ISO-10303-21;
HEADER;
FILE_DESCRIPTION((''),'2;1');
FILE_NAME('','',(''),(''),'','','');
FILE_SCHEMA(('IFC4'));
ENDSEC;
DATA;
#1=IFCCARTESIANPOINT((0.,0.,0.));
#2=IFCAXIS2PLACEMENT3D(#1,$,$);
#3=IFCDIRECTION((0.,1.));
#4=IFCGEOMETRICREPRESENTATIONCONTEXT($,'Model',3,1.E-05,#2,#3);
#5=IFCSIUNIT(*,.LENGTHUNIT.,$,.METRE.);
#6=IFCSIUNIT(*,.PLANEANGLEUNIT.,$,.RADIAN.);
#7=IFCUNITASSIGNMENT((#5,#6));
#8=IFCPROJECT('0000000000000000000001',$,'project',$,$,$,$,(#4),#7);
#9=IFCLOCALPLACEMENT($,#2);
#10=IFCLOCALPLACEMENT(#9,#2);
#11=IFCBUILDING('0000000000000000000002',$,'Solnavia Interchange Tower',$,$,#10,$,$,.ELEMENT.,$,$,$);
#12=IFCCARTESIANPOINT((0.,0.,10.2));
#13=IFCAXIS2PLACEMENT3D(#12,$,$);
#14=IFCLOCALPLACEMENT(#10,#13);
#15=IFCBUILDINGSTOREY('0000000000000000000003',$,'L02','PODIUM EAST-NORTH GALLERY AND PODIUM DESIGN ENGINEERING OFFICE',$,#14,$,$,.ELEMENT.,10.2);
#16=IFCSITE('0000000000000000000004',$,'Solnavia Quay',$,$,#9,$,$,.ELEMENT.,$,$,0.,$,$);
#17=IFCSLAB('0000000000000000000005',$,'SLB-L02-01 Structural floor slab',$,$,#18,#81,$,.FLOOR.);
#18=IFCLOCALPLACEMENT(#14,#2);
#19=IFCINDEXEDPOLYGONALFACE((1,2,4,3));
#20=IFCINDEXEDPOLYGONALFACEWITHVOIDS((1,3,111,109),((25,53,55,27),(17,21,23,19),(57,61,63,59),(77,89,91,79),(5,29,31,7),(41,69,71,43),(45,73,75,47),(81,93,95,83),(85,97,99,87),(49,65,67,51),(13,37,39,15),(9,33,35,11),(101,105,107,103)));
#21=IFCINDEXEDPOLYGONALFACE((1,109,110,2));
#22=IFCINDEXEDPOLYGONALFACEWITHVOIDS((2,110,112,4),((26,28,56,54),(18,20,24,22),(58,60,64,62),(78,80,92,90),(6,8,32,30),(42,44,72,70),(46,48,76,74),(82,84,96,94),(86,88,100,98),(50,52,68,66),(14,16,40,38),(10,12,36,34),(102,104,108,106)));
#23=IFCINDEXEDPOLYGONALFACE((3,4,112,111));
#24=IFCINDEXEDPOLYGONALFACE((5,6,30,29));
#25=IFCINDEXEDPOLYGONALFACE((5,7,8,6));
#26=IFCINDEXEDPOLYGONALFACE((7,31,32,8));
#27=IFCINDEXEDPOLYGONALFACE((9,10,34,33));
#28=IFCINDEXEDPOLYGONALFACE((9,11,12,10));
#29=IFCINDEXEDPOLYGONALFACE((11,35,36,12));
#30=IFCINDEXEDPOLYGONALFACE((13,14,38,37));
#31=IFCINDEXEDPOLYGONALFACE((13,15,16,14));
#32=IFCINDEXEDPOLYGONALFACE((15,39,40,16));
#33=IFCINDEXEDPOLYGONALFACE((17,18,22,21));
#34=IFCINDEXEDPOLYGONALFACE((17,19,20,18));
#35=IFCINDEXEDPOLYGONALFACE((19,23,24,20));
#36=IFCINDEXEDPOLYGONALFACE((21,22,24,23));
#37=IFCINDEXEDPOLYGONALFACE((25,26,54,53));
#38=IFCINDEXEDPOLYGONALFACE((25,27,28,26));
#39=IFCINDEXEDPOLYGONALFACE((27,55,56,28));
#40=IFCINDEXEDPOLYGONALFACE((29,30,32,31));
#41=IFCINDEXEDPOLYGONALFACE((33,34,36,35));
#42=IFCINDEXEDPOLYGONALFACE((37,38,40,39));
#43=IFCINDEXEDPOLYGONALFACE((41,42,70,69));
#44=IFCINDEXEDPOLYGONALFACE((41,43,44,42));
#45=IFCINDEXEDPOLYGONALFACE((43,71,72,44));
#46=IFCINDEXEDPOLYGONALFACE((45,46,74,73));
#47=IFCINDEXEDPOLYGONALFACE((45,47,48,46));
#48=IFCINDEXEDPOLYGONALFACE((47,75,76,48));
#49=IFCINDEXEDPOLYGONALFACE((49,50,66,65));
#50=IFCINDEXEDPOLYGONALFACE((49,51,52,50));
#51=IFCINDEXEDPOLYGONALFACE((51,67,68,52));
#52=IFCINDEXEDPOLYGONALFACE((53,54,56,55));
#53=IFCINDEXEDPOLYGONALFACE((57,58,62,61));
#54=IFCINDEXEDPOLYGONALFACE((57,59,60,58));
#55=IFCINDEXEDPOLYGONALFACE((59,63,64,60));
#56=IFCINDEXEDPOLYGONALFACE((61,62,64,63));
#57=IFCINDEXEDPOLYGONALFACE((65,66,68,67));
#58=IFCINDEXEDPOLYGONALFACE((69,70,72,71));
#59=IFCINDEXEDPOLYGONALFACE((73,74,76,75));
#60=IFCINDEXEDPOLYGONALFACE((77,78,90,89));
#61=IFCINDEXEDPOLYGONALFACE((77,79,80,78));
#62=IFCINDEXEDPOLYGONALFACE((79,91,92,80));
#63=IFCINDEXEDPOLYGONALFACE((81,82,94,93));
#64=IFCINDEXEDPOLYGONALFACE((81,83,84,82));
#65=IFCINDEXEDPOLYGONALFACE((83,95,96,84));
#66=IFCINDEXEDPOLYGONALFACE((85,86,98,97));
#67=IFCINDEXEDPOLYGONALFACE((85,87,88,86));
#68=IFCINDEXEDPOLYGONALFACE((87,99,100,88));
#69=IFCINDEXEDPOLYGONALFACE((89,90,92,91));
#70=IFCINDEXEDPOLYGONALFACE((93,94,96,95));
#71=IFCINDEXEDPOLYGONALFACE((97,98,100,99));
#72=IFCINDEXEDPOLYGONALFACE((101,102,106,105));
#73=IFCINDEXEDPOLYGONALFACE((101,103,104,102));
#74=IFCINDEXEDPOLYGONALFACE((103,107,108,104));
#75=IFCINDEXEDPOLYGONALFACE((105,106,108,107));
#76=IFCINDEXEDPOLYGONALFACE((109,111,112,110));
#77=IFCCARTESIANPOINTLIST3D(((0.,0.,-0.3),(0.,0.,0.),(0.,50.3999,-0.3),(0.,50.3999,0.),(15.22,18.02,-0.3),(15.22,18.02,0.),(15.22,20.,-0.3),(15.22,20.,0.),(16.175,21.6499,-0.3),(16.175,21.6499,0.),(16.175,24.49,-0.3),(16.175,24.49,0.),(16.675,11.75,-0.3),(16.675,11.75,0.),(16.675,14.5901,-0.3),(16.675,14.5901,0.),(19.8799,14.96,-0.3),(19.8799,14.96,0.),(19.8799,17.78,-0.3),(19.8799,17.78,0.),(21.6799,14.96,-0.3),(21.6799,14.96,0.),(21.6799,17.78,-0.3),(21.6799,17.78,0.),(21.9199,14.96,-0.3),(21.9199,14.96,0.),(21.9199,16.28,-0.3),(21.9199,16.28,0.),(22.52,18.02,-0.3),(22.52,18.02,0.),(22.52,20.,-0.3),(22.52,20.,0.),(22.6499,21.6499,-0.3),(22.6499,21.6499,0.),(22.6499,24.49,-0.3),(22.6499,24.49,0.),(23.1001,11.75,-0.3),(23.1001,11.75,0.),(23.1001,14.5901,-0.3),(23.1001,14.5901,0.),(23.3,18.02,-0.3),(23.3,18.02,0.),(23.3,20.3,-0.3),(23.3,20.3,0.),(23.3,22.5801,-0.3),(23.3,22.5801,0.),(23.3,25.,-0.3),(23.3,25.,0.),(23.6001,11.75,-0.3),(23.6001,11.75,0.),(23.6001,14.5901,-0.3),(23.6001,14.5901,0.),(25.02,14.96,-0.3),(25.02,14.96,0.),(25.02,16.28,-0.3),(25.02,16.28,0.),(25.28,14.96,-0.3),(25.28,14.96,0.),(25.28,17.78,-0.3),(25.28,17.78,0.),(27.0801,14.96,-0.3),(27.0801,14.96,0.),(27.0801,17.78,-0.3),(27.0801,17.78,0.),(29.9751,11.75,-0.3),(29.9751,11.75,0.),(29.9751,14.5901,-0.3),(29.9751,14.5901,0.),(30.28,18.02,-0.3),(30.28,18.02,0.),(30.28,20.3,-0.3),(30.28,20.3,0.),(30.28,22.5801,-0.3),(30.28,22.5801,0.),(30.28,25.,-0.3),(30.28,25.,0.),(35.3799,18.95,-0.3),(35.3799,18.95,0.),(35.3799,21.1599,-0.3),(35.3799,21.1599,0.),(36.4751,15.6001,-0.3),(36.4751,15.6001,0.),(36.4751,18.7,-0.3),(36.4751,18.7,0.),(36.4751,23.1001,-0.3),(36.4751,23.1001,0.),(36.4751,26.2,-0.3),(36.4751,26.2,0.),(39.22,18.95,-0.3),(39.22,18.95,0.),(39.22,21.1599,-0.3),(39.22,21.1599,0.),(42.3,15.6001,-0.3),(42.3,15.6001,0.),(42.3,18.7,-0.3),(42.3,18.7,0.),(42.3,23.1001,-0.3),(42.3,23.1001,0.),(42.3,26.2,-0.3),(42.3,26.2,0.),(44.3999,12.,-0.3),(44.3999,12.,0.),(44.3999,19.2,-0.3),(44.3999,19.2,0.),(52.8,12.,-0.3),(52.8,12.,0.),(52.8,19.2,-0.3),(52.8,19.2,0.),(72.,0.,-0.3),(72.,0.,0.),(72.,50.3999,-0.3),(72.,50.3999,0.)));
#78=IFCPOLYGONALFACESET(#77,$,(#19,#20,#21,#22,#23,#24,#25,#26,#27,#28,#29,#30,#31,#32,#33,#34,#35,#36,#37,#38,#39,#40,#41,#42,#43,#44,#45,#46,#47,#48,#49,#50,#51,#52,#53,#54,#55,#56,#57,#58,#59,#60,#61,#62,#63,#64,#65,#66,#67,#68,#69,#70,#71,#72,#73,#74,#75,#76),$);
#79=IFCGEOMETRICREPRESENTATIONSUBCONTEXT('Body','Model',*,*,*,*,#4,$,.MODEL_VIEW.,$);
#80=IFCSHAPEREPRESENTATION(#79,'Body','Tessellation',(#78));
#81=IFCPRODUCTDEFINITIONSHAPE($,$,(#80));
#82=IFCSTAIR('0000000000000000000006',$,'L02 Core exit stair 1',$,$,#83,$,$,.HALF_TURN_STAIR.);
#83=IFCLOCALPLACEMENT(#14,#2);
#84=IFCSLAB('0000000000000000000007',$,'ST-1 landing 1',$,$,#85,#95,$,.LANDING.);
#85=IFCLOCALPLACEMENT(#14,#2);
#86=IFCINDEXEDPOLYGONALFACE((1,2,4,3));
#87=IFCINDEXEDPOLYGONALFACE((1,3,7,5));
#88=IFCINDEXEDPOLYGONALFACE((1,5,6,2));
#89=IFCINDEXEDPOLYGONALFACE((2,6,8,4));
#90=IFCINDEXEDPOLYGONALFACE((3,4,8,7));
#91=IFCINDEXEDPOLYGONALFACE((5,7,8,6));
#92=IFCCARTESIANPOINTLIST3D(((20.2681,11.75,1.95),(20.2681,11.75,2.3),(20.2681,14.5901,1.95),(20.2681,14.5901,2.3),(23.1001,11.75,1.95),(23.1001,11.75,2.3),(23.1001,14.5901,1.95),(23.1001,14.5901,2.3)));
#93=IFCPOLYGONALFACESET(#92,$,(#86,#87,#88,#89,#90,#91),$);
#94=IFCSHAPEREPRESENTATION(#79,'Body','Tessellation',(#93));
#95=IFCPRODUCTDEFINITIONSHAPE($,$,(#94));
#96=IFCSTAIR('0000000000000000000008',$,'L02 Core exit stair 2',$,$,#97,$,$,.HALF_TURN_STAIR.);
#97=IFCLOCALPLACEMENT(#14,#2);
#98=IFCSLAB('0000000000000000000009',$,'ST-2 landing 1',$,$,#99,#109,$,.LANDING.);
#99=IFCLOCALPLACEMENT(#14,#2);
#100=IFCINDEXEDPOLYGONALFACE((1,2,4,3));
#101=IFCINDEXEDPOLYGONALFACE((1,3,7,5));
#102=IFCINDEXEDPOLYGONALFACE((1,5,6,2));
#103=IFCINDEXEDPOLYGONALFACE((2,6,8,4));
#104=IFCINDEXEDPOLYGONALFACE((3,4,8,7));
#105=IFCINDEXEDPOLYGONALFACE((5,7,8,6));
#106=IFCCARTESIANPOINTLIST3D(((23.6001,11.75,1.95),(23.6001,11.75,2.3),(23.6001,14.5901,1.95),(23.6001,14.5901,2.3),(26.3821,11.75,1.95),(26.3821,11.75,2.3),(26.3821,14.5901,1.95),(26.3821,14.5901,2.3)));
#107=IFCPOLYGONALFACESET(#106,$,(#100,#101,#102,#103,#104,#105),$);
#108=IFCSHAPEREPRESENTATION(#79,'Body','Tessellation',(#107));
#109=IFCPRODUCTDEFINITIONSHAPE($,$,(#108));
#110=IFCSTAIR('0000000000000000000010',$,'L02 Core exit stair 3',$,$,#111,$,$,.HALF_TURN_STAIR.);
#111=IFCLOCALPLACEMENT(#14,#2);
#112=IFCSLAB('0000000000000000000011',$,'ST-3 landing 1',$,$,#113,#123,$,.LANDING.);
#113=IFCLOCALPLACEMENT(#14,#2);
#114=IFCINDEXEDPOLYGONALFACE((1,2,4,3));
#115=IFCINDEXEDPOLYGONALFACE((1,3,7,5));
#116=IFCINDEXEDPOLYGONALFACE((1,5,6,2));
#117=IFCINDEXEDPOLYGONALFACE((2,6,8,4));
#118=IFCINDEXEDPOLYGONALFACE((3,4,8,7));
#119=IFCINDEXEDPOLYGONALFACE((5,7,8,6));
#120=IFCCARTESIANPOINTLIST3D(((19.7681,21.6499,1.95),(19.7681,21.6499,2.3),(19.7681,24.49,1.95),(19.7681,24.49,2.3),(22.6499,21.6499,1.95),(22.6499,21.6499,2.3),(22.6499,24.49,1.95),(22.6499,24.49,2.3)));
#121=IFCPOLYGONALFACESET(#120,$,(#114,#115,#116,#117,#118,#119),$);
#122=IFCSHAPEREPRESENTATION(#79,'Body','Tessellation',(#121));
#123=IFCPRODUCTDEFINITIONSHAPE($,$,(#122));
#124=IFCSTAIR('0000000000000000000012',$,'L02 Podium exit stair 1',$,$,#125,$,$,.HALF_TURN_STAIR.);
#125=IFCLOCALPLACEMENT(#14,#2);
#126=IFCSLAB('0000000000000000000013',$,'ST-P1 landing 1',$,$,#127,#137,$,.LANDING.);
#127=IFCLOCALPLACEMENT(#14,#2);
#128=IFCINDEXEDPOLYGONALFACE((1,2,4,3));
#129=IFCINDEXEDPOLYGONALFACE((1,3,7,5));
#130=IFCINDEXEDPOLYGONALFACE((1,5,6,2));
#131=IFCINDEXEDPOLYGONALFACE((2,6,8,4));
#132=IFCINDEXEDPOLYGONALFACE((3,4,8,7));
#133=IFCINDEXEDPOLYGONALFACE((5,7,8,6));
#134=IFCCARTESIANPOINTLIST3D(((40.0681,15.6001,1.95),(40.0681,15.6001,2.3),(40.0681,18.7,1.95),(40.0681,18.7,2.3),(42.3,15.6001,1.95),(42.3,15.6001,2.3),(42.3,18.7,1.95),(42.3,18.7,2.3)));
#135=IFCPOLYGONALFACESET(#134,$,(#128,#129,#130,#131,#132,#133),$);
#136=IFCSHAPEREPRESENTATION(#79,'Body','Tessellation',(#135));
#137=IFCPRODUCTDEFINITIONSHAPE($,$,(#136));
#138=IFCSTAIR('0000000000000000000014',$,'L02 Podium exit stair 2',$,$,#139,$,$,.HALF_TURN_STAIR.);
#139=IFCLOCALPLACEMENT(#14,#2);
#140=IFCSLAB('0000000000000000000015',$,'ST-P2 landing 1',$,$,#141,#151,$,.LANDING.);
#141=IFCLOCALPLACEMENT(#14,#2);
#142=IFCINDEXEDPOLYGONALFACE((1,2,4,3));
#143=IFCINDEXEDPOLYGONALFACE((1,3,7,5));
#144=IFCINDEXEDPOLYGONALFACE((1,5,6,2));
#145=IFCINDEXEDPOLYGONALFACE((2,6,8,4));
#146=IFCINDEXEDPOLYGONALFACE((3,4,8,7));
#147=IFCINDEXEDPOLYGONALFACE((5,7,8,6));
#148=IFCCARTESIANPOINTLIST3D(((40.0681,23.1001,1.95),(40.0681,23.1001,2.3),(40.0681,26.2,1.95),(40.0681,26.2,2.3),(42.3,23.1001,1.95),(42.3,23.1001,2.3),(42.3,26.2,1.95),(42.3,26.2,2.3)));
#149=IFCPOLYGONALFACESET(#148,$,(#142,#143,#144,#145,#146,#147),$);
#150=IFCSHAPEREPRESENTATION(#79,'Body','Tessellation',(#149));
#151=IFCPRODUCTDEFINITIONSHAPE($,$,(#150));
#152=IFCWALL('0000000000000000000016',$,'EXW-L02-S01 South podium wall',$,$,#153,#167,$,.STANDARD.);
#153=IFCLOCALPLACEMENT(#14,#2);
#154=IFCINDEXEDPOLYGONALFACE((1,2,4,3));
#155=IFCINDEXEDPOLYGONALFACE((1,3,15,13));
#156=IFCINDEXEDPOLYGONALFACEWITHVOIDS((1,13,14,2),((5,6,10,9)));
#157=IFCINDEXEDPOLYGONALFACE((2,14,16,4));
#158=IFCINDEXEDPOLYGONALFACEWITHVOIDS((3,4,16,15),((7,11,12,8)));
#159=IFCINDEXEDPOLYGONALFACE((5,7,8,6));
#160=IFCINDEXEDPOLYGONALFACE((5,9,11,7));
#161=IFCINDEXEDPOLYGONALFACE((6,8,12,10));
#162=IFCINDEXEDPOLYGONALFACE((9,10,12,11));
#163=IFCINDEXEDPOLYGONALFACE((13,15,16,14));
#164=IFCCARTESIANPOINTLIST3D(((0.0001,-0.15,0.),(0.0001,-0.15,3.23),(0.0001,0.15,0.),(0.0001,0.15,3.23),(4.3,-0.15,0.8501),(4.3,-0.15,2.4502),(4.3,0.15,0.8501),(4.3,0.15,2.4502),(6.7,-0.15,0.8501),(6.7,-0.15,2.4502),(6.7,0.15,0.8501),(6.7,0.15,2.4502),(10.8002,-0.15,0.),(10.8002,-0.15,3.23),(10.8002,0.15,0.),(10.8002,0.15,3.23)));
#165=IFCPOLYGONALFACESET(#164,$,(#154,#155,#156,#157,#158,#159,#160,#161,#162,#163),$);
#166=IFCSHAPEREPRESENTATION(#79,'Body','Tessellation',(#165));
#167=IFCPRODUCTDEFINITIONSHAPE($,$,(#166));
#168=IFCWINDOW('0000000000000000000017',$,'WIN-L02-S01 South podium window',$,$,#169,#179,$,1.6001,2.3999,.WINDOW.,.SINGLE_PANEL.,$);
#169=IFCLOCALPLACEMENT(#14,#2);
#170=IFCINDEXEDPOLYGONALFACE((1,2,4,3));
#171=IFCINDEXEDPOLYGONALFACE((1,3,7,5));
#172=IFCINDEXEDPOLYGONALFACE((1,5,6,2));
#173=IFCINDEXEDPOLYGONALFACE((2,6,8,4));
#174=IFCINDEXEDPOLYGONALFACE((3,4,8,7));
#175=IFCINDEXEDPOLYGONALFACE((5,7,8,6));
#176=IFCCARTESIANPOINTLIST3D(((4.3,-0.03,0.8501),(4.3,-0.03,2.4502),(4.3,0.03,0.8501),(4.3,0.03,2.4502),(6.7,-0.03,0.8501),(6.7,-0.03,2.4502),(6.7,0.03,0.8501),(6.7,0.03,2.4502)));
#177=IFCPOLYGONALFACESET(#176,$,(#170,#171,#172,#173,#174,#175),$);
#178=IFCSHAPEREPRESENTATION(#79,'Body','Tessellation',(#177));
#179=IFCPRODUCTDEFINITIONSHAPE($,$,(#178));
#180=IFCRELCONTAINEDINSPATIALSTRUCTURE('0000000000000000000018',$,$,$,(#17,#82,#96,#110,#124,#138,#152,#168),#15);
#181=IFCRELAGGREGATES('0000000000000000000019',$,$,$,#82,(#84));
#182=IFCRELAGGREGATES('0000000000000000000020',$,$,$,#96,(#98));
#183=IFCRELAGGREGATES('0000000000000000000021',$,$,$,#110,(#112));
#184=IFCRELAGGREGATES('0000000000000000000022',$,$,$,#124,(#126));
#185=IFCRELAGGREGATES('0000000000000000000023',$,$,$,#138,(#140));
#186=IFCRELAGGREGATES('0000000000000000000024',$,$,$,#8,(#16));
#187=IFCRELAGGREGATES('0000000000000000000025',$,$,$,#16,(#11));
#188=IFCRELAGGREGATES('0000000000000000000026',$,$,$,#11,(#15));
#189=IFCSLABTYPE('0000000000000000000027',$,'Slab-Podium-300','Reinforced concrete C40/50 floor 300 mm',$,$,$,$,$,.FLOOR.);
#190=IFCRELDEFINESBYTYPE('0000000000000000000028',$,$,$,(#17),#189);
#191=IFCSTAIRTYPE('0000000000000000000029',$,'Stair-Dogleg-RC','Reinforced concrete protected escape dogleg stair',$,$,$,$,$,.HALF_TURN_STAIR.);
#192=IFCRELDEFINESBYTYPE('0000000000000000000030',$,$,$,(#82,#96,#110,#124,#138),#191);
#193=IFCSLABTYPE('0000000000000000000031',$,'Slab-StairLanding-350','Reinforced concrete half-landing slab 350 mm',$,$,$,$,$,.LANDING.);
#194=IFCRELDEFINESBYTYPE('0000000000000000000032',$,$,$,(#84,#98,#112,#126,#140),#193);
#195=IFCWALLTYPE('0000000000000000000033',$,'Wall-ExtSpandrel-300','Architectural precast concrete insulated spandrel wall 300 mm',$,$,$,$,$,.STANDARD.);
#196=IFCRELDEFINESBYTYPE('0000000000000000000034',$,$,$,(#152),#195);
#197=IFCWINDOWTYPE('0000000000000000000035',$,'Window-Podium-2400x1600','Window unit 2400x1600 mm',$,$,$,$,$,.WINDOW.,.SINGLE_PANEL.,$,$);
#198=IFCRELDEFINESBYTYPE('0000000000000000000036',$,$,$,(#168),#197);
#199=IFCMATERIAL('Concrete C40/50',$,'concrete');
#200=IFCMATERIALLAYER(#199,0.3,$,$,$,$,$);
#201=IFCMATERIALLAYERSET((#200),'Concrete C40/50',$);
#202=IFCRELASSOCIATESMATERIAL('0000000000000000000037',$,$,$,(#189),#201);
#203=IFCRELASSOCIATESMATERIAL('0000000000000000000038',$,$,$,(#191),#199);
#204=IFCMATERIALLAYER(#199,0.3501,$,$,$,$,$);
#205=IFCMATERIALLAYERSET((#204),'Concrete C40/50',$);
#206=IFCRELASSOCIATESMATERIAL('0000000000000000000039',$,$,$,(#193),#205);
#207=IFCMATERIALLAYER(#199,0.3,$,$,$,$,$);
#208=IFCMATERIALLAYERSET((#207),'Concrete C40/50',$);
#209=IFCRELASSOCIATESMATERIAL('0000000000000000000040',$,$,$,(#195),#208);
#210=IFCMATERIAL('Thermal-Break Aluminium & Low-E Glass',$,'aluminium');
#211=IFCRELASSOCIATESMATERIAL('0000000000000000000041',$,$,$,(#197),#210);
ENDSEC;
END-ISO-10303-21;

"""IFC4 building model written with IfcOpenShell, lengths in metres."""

from ifc_helpers import new_model, si_unit, direction, frame, frame_2d, origin, place, context, subcontext, project, spatial, polyline, rectangle, outline, extrude, material, layer, layer_set, type_object, element, fill, aggregate, save


model = new_model("IFC4")

# Units and contexts
model_context = context("Model", 3, precision=1e-05, world=origin(), true_north=direction((0.0, 1.0)))
body_context = subcontext(model_context, "Body", "Model", "MODEL_VIEW")
ifc_project = project(units=[si_unit("LENGTHUNIT", "METRE"), si_unit("PLANEANGLEUNIT", "RADIAN")], contexts=[model_context])

# Site, building, storey
site_placement = place(None, origin())
site = spatial("IfcSite", under=ifc_project, at=site_placement, Name="Solnavia Quay", CompositionType="ELEMENT", RefElevation=0.0)
building_placement = place(site_placement, origin())
building = spatial("IfcBuilding", under=site, at=building_placement, Name="Solnavia Interchange Tower", CompositionType="ELEMENT")
storey_placement = place(building_placement, frame((0.0, 0.0, 10.2)))
storey = spatial("IfcBuildingStorey", under=building, at=storey_placement, Name="L02", Description="PODIUM EAST-NORTH GALLERY AND PODIUM DESIGN ENGINEERING OFFICE", CompositionType="ELEMENT", Elevation=10.2)

# Slab
ifc_material_1 = material(Name="Concrete C40/50", Category="concrete")
ifc_layer_1 = layer(ifc_material_1, 0.3)
ifc_layer_set_1 = layer_set([ifc_layer_1], Name="Concrete C40/50")
slab_type_1 = type_object("IfcSlabType", Name="Slab-Podium-300", Description="Reinforced concrete C40/50 floor 300 mm", PredefinedType="FLOOR", material=ifc_layer_set_1)
slab_1_placement = place(storey_placement, frame((0.0, 0.0, -0.3)))
element("IfcSlab", 1, at=slab_1_placement, inside=storey, type_object=slab_type_1, Name="SLB-L02-01 Structural floor slab", PredefinedType="FLOOR", context=body_context, shape_type="SweptSolid", body=[
    extrude(outline(polyline([(0.0, 0.0), (72.0, 0.0), (72.0, 50.3999), (0.0, 50.3999), (0.0, 0.0)]), holes=[polyline([(16.675, 11.75), (23.1001, 11.75), (23.1001, 14.5901), (16.675, 14.5901), (16.675, 11.75)]), polyline([(23.6001, 11.75), (29.9751, 11.75), (29.9751, 14.5901), (23.6001, 14.5901), (23.6001, 11.75)]), polyline([(16.175, 21.6499), (22.6499, 21.6499), (22.6499, 24.49), (16.175, 24.49), (16.175, 21.6499)]), polyline([(36.4751, 15.6001), (42.3, 15.6001), (42.3, 18.7), (36.4751, 18.7), (36.4751, 15.6001)]), polyline([(36.4751, 23.1001), (42.3, 23.1001), (42.3, 26.2), (36.4751, 26.2), (36.4751, 23.1001)]), polyline([(19.8799, 14.96), (21.6799, 14.96), (21.6799, 17.78), (19.8799, 17.78), (19.8799, 14.96)]), polyline([(25.28, 14.96), (27.0801, 14.96), (27.0801, 17.78), (25.28, 17.78), (25.28, 14.96)]), polyline([(21.9199, 14.96), (25.02, 14.96), (25.02, 16.28), (21.9199, 16.28), (21.9199, 14.96)]), polyline([(15.22, 18.02), (22.52, 18.02), (22.52, 20.0), (15.22, 20.0), (15.22, 18.02)]), polyline([(23.3, 18.02), (30.28, 18.02), (30.28, 20.3), (23.3, 20.3), (23.3, 18.02)]), polyline([(23.3, 22.5801), (30.28, 22.5801), (30.28, 25.0), (23.3, 25.0), (23.3, 22.5801)]), polyline([(35.3799, 18.95), (39.22, 18.95), (39.22, 21.1599), (35.3799, 21.1599), (35.3799, 18.95)]), polyline([(44.3999, 12.0), (52.8, 12.0), (52.8, 19.2), (44.3999, 19.2), (44.3999, 12.0)])]), origin(), (0.0, 0.0, 1.0), 0.3),
])

# Stairs, slabs
stair_type = type_object("IfcStairType", Name="Stair-Dogleg-RC", Description="Reinforced concrete protected escape dogleg stair", PredefinedType="HALF_TURN_STAIR", material=ifc_material_1)
stair_1_placement = place(storey_placement, origin())
stair_1 = element("IfcStair", 2, at=stair_1_placement, inside=storey, type_object=stair_type, Name="L02 Core exit stair 1", PredefinedType="HALF_TURN_STAIR")
ifc_layer_2 = layer(ifc_material_1, 0.3501)
ifc_layer_set_2 = layer_set([ifc_layer_2], Name="Concrete C40/50")
slab_type_2 = type_object("IfcSlabType", Name="Slab-StairLanding-350", Description="Reinforced concrete half-landing slab 350 mm", PredefinedType="LANDING", material=ifc_layer_set_2)
slab_2_placement = place(storey_placement, frame((0.0, 0.0, 1.95)))
slab_2 = element("IfcSlab", 3, at=slab_2_placement, type_object=slab_type_2, Name="ST-1 landing 1", PredefinedType="LANDING", context=body_context, shape_type="SweptSolid", body=[
    extrude(outline(polyline([(20.2681, 11.75), (23.1001, 11.75), (23.1001, 14.5901), (20.2681, 14.5901), (20.2681, 11.75)])), origin(), (0.0, 0.0, 1.0), 0.3501),
])
aggregate(stair_1, [slab_2])
stair_2_placement = place(storey_placement, origin())
stair_2 = element("IfcStair", 4, at=stair_2_placement, inside=storey, type_object=stair_type, Name="L02 Core exit stair 2", PredefinedType="HALF_TURN_STAIR")
slab_3_placement = place(storey_placement, frame((0.0, 0.0, 1.95)))
slab_3 = element("IfcSlab", 5, at=slab_3_placement, type_object=slab_type_2, Name="ST-2 landing 1", PredefinedType="LANDING", context=body_context, shape_type="SweptSolid", body=[
    extrude(outline(polyline([(23.6001, 11.75), (26.3821, 11.75), (26.3821, 14.5901), (23.6001, 14.5901), (23.6001, 11.75)])), origin(), (0.0, 0.0, 1.0), 0.3501),
])
aggregate(stair_2, [slab_3])
stair_3_placement = place(storey_placement, origin())
stair_3 = element("IfcStair", 6, at=stair_3_placement, inside=storey, type_object=stair_type, Name="L02 Core exit stair 3", PredefinedType="HALF_TURN_STAIR")
slab_4_placement = place(storey_placement, frame((0.0, 0.0, 1.95)))
slab_4 = element("IfcSlab", 7, at=slab_4_placement, type_object=slab_type_2, Name="ST-3 landing 1", PredefinedType="LANDING", context=body_context, shape_type="SweptSolid", body=[
    extrude(outline(polyline([(19.7681, 21.6499), (22.6499, 21.6499), (22.6499, 24.49), (19.7681, 24.49), (19.7681, 21.6499)])), origin(), (0.0, 0.0, 1.0), 0.3501),
])
aggregate(stair_3, [slab_4])
stair_4_placement = place(storey_placement, origin())
stair_4 = element("IfcStair", 8, at=stair_4_placement, inside=storey, type_object=stair_type, Name="L02 Podium exit stair 1", PredefinedType="HALF_TURN_STAIR")
slab_5_placement = place(storey_placement, frame((0.0, 0.0, 1.95)))
slab_5 = element("IfcSlab", 9, at=slab_5_placement, type_object=slab_type_2, Name="ST-P1 landing 1", PredefinedType="LANDING", context=body_context, shape_type="SweptSolid", body=[
    extrude(outline(polyline([(40.0681, 15.6001), (42.3, 15.6001), (42.3, 18.7), (40.0681, 18.7), (40.0681, 15.6001)])), origin(), (0.0, 0.0, 1.0), 0.3501),
])
aggregate(stair_4, [slab_5])
stair_5_placement = place(storey_placement, origin())
stair_5 = element("IfcStair", 10, at=stair_5_placement, inside=storey, type_object=stair_type, Name="L02 Podium exit stair 2", PredefinedType="HALF_TURN_STAIR")
slab_6_placement = place(storey_placement, frame((0.0, 0.0, 1.95)))
slab_6 = element("IfcSlab", 11, at=slab_6_placement, type_object=slab_type_2, Name="ST-P2 landing 1", PredefinedType="LANDING", context=body_context, shape_type="SweptSolid", body=[
    extrude(outline(polyline([(40.0681, 23.1001), (42.3, 23.1001), (42.3, 26.2), (40.0681, 26.2), (40.0681, 23.1001)])), origin(), (0.0, 0.0, 1.0), 0.3501),
])
aggregate(stair_5, [slab_6])

# Wall, opening, window
ifc_layer_3 = layer(ifc_material_1, 0.3)
ifc_layer_set_3 = layer_set([ifc_layer_3], Name="Concrete C40/50")
wall_type_1 = type_object("IfcWallType", Name="Wall-ExtSpandrel-300", Description="Architectural precast concrete insulated spandrel wall 300 mm", PredefinedType="STANDARD", material=ifc_layer_set_3)
wall_1_placement = place(storey_placement, frame((10.8, 0.0, 0.0), z_axis=(0.0, 0.0, 1.0), x_axis=(-1.0, 0.0, 0.0)))
wall_1 = element("IfcWall", 12, at=wall_1_placement, inside=storey, type_object=wall_type_1, Name="EXW-L02-S01 South podium wall", PredefinedType="STANDARD", context=body_context, shape_type="SweptSolid", body=[
    extrude(rectangle(XDim=10.8, YDim=0.3, at=frame_2d((5.3999, 0.0))), origin(), (0.0, 0.0, 1.0), 3.23),
])
opening_1_placement = place(wall_1_placement, frame((4.1001, 0.0, 0.8501)))
opening_1 = element("IfcOpeningElement", 13, at=opening_1_placement, cuts=wall_1, PredefinedType="OPENING", context=body_context, shape_type="SweptSolid", body=[
    extrude(rectangle(XDim=2.3999, YDim=1.6001, at=frame_2d((1.2, 0.8))), frame((0.0, 0.1602, 0.0), z_axis=(0.0, -1.0, 0.0), x_axis=(1.0, 0.0, 0.0)), (0.0, 0.0, 1.0), 0.3201),
])
ifc_material_2 = material(Name="Thermal-Break Aluminium & Low-E Glass", Category="aluminium")
window_type = type_object("IfcWindowType", Name="Window-Podium-2400x1600", Description="Window unit 2400x1600 mm", PartitioningType="SINGLE_PANEL", PredefinedType="WINDOW", material=ifc_material_2)
window_1_placement = place(opening_1_placement, origin())
window_1 = element("IfcWindow", 14, at=window_1_placement, inside=storey, type_object=window_type, Name="WIN-L02-S01 South podium window", OverallHeight=1.6001, OverallWidth=2.3999, PartitioningType="SINGLE_PANEL", PredefinedType="WINDOW", context=body_context, shape_type="SweptSolid", body=[
    extrude(rectangle(XDim=2.3999, YDim=1.6001, at=frame_2d((1.2, 0.8))), frame((0.0, 0.03, 0.0), z_axis=(0.0, -1.0, 0.0), x_axis=(1.0, 0.0, 0.0)), (0.0, 0.0, 1.0), 0.0601),
])
fill(opening_1, window_1)

save(model, "model.ifc")
